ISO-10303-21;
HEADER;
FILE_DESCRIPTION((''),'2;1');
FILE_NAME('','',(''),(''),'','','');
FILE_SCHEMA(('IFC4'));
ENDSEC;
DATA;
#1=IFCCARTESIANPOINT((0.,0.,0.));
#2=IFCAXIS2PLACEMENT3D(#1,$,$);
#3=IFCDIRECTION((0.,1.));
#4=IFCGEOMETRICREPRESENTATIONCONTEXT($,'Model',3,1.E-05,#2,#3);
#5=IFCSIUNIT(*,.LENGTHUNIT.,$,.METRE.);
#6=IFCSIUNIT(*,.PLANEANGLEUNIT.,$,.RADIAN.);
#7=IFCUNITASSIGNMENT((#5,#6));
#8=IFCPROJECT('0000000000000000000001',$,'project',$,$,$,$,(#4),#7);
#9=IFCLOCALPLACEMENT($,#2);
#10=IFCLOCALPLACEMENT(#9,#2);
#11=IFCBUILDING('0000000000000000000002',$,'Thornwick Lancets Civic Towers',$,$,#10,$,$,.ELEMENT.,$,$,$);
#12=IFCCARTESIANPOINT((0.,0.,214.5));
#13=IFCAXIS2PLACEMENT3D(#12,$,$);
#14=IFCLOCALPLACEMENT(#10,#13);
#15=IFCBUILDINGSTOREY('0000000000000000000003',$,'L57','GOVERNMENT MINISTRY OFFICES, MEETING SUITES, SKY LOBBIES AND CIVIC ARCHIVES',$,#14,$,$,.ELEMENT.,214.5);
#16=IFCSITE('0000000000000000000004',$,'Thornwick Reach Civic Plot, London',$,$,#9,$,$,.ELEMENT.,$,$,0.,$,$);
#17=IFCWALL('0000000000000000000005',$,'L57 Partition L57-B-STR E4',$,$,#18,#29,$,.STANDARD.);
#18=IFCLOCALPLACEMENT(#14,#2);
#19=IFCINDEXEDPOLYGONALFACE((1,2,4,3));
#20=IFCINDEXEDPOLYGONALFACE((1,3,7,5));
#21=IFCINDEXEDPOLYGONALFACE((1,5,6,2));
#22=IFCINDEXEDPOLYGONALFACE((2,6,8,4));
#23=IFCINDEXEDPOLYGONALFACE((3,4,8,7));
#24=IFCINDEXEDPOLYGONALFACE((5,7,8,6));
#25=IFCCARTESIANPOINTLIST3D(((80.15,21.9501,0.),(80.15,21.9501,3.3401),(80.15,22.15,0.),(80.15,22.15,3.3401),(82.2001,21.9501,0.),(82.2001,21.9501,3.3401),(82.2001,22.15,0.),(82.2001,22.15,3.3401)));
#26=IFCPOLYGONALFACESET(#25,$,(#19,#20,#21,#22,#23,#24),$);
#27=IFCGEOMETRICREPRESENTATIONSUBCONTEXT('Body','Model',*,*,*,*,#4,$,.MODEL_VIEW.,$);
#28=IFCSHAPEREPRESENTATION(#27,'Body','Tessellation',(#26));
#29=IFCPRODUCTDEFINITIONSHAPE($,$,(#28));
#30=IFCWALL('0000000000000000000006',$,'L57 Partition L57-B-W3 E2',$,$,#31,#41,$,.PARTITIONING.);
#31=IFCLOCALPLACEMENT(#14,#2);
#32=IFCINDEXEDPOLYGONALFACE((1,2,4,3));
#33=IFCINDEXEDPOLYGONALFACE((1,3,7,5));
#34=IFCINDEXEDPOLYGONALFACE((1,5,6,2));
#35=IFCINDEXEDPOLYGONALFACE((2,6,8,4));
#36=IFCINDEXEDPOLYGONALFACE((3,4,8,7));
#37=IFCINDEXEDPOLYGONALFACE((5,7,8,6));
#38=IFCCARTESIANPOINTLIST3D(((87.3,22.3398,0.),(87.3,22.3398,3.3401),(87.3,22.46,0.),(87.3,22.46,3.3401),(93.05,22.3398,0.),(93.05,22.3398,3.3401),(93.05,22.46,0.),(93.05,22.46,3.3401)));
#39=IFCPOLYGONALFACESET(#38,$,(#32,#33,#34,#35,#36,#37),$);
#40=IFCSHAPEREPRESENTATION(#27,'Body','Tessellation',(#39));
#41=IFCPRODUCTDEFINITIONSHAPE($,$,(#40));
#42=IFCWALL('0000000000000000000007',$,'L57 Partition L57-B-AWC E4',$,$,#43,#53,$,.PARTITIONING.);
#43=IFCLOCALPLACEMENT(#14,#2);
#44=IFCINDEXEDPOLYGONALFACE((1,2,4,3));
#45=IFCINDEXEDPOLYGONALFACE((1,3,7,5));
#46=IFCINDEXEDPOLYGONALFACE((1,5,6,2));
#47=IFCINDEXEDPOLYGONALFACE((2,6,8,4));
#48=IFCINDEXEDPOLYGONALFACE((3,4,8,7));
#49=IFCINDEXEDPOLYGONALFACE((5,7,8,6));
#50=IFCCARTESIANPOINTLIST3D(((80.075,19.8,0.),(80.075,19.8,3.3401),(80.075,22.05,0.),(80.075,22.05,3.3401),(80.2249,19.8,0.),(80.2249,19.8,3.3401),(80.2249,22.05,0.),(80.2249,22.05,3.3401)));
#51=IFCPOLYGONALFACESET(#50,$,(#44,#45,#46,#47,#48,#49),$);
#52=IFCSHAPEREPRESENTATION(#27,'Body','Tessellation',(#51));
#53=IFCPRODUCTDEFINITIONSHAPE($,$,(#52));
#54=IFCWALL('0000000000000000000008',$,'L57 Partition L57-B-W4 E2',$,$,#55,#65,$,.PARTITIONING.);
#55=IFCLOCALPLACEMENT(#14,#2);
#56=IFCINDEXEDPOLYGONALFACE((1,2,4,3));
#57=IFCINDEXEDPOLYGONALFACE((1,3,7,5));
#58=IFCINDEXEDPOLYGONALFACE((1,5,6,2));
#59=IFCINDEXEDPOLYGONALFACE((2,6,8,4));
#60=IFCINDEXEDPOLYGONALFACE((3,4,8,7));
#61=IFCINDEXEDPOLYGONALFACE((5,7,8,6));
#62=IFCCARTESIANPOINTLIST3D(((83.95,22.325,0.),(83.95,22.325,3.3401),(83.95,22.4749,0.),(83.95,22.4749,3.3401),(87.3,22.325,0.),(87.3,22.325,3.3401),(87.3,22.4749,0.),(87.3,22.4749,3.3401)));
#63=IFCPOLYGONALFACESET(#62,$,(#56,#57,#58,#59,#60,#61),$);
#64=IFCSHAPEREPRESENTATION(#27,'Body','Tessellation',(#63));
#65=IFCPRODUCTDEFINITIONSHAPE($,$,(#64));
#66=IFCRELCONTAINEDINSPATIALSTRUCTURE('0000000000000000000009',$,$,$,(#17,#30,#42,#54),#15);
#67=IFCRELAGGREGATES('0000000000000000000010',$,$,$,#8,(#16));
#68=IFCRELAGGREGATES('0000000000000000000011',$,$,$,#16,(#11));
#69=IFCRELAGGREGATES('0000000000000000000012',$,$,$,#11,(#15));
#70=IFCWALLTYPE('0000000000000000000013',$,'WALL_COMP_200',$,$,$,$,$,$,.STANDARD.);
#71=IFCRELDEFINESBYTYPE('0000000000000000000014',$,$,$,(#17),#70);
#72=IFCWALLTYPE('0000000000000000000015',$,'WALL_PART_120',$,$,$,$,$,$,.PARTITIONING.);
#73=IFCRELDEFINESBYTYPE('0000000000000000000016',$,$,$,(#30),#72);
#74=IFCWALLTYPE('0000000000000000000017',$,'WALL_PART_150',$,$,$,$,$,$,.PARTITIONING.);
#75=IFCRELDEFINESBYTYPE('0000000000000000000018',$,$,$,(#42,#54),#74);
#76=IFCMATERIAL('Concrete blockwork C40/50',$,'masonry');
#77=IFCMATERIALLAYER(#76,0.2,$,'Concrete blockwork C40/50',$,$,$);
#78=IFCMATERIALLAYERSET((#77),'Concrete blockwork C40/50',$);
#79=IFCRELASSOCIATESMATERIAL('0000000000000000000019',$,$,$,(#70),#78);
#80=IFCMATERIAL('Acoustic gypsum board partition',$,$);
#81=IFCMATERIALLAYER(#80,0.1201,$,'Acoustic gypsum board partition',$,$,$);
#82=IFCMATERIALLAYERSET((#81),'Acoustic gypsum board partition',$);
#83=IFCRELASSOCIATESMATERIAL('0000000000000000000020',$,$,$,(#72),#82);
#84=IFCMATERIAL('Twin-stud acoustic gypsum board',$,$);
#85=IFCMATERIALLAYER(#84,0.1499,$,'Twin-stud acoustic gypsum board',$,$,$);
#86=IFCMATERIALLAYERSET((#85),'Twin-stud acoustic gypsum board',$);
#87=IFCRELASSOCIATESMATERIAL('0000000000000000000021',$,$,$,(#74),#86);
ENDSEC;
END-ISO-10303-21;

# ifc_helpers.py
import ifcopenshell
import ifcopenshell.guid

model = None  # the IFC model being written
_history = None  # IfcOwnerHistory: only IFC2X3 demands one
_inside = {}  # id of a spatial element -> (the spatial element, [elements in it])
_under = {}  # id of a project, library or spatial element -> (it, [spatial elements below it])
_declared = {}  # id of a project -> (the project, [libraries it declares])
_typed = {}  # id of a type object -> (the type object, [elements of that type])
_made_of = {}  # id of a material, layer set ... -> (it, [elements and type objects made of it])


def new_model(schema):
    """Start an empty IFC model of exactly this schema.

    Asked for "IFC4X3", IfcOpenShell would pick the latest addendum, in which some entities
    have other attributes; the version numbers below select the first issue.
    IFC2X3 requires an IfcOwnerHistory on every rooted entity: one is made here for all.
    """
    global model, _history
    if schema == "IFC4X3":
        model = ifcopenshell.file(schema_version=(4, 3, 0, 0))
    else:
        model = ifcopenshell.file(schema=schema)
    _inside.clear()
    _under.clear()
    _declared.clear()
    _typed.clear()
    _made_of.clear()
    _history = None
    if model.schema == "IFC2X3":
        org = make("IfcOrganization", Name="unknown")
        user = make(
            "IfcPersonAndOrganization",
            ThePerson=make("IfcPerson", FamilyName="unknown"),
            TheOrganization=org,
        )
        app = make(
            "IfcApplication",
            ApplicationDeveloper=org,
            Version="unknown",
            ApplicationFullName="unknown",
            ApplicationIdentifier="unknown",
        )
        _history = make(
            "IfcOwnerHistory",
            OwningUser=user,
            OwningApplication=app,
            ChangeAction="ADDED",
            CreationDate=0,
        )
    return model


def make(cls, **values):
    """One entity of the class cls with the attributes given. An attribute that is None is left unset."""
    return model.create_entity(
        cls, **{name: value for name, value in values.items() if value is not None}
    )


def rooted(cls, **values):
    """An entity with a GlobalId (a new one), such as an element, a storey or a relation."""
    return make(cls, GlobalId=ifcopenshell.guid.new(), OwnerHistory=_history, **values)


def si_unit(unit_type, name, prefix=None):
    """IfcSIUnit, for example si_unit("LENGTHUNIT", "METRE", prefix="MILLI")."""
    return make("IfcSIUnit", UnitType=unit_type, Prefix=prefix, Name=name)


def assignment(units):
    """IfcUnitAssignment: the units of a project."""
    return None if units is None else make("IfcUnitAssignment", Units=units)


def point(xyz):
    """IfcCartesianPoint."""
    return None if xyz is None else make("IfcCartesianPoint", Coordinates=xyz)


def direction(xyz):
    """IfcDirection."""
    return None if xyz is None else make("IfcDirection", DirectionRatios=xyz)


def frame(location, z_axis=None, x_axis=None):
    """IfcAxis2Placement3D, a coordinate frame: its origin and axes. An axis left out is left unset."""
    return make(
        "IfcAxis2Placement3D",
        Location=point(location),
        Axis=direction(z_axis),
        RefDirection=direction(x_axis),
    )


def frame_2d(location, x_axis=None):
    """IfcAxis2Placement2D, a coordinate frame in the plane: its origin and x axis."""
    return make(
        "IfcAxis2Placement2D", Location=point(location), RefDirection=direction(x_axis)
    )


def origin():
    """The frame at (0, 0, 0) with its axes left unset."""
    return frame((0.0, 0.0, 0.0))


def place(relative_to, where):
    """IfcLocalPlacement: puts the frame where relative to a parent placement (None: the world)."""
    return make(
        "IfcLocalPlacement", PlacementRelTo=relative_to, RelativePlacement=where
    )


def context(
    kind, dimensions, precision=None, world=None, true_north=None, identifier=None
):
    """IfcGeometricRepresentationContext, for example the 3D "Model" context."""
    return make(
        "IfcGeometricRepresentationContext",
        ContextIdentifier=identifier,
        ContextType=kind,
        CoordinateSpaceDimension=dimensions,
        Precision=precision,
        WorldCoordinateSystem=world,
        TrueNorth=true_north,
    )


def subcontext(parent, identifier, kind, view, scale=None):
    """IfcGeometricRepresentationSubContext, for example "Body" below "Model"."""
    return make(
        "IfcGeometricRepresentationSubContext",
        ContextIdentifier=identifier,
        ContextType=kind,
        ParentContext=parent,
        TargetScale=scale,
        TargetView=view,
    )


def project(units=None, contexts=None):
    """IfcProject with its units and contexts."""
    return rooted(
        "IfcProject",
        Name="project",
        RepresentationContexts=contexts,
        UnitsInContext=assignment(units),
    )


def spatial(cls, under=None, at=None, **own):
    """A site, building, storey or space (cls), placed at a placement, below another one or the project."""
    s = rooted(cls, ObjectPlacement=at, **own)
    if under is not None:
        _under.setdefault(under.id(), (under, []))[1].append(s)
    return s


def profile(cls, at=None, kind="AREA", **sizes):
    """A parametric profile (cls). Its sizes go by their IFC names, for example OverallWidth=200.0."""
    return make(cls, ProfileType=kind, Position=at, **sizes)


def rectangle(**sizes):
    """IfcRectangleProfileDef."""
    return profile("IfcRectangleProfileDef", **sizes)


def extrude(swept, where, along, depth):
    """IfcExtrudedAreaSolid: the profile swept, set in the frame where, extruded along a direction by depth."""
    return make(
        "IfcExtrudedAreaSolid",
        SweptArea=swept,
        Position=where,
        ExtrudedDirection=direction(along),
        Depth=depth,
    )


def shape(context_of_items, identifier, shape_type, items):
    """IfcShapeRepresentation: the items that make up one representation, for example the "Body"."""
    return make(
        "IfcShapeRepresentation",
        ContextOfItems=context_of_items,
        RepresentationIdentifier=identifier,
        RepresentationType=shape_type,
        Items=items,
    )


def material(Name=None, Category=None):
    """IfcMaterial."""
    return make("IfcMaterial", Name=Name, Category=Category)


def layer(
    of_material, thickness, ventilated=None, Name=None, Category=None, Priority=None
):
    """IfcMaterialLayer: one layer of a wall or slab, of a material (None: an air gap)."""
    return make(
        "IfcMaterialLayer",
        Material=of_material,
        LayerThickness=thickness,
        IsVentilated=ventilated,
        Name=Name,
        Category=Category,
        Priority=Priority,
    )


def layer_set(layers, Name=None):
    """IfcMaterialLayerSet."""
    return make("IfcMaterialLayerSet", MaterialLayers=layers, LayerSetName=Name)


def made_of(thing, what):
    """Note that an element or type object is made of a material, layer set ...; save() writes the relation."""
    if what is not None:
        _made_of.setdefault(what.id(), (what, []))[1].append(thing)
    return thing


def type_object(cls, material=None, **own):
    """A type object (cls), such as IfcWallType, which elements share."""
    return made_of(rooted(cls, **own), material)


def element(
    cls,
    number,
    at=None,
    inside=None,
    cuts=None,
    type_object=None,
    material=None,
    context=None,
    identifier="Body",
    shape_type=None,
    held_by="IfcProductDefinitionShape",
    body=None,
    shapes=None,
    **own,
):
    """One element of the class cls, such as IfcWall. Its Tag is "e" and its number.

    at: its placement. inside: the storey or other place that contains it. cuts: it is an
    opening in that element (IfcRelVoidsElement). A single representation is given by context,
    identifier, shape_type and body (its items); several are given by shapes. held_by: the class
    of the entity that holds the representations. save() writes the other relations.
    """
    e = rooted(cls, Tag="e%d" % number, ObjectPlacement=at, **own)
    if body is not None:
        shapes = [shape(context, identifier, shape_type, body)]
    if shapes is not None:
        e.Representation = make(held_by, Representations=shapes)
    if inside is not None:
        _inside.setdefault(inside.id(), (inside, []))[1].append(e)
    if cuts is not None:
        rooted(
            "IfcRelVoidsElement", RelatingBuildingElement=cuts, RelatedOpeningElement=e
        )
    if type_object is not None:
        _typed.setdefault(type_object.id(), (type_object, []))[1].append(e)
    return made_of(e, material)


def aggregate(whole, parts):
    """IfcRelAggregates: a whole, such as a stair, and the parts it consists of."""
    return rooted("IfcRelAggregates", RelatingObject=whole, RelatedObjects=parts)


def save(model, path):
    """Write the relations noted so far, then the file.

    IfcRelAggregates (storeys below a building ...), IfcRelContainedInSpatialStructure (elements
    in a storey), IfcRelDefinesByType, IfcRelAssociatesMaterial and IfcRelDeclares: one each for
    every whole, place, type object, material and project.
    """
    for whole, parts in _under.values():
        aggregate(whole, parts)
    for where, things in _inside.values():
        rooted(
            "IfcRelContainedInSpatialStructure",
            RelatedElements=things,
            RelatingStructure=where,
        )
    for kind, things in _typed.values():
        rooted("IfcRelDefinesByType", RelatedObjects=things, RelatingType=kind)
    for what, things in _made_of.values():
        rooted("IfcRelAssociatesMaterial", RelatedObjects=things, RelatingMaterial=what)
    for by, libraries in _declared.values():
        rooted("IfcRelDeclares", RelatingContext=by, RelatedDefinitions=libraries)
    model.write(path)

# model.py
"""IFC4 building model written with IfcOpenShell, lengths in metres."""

from ifc_helpers import new_model, si_unit, direction, frame, frame_2d, origin, place, context, subcontext, project, spatial, rectangle, extrude, material, layer, layer_set, type_object, element, save


model = new_model("IFC4")

# Units and contexts
model_context = context("Model", 3, precision=1e-05, world=origin(), true_north=direction((0.0, 1.0)))
body_context = subcontext(model_context, "Body", "Model", "MODEL_VIEW")
ifc_project = project(units=[si_unit("LENGTHUNIT", "METRE"), si_unit("PLANEANGLEUNIT", "RADIAN")], contexts=[model_context])

# Site, building, storey
site_placement = place(None, origin())
site = spatial("IfcSite", under=ifc_project, at=site_placement, Name="Thornwick Reach Civic Plot, London", CompositionType="ELEMENT", RefElevation=0.0)
building_placement = place(site_placement, origin())
building = spatial("IfcBuilding", under=site, at=building_placement, Name="Thornwick Lancets Civic Towers", CompositionType="ELEMENT")
storey_placement = place(building_placement, frame((0.0, 0.0, 214.5)))
storey = spatial("IfcBuildingStorey", under=building, at=storey_placement, Name="L57", Description="GOVERNMENT MINISTRY OFFICES, MEETING SUITES, SKY LOBBIES AND CIVIC ARCHIVES", CompositionType="ELEMENT", Elevation=214.5)

# Shared definitions
ifc_material_1 = material(Name="Concrete blockwork C40/50", Category="masonry")
ifc_layer_1 = layer(ifc_material_1, 0.2, Name="Concrete blockwork C40/50")
ifc_layer_set_1 = layer_set([ifc_layer_1], Name="Concrete blockwork C40/50")
wall_type_1 = type_object("IfcWallType", Name="WALL_COMP_200", PredefinedType="STANDARD", material=ifc_layer_set_1)

# Walls
wall_1_placement = place(storey_placement, frame((82.2, 22.05, 0.0), z_axis=(0.0, 0.0, 1.0), x_axis=(-1.0, 0.0, 0.0)))
element("IfcWall", 1, at=wall_1_placement, inside=storey, type_object=wall_type_1, Name="L57 Partition L57-B-STR E4", PredefinedType="STANDARD", context=body_context, shape_type="SweptSolid", body=[
    extrude(rectangle(XDim=2.05, YDim=0.2, at=frame_2d((1.0249, 0.0))), origin(), (0.0, 0.0, 1.0), 3.3401),
])
ifc_material_2 = material(Name="Acoustic gypsum board partition")
ifc_layer_2 = layer(ifc_material_2, 0.1201, Name="Acoustic gypsum board partition")
ifc_layer_set_2 = layer_set([ifc_layer_2], Name="Acoustic gypsum board partition")
wall_type_2 = type_object("IfcWallType", Name="WALL_PART_120", PredefinedType="PARTITIONING", material=ifc_layer_set_2)
wall_2_placement = place(storey_placement, frame((87.3, 22.3999, 0.0), z_axis=(0.0, 0.0, 1.0), x_axis=(1.0, 0.0, 0.0)))
element("IfcWall", 2, at=wall_2_placement, inside=storey, type_object=wall_type_2, Name="L57 Partition L57-B-W3 E2", PredefinedType="PARTITIONING", context=body_context, shape_type="SweptSolid", body=[
    extrude(rectangle(XDim=5.75, YDim=0.1201, at=frame_2d((2.875, 0.0))), origin(), (0.0, 0.0, 1.0), 3.3401),
])
ifc_material_3 = material(Name="Twin-stud acoustic gypsum board")
ifc_layer_3 = layer(ifc_material_3, 0.1499, Name="Twin-stud acoustic gypsum board")
ifc_layer_set_3 = layer_set([ifc_layer_3], Name="Twin-stud acoustic gypsum board")
wall_type_3 = type_object("IfcWallType", Name="WALL_PART_150", PredefinedType="PARTITIONING", material=ifc_layer_set_3)
wall_3_placement = place(storey_placement, frame((80.1499, 22.05, 0.0), z_axis=(0.0, 0.0, 1.0), x_axis=(0.0, -1.0, 0.0)))
element("IfcWall", 3, at=wall_3_placement, inside=storey, type_object=wall_type_3, Name="L57 Partition L57-B-AWC E4", PredefinedType="PARTITIONING", context=body_context, shape_type="SweptSolid", body=[
    extrude(rectangle(XDim=2.25, YDim=0.1499, at=frame_2d((1.125, 0.0))), origin(), (0.0, 0.0, 1.0), 3.3401),
])
wall_4_placement = place(storey_placement, frame((83.95, 22.3999, 0.0), z_axis=(0.0, 0.0, 1.0), x_axis=(1.0, 0.0, 0.0)))
element("IfcWall", 4, at=wall_4_placement, inside=storey, type_object=wall_type_3, Name="L57 Partition L57-B-W4 E2", PredefinedType="PARTITIONING", context=body_context, shape_type="SweptSolid", body=[
    extrude(rectangle(XDim=3.3501, YDim=0.1499, at=frame_2d((1.675, 0.0))), origin(), (0.0, 0.0, 1.0), 3.3401),
])

save(model, "model.ifc")
